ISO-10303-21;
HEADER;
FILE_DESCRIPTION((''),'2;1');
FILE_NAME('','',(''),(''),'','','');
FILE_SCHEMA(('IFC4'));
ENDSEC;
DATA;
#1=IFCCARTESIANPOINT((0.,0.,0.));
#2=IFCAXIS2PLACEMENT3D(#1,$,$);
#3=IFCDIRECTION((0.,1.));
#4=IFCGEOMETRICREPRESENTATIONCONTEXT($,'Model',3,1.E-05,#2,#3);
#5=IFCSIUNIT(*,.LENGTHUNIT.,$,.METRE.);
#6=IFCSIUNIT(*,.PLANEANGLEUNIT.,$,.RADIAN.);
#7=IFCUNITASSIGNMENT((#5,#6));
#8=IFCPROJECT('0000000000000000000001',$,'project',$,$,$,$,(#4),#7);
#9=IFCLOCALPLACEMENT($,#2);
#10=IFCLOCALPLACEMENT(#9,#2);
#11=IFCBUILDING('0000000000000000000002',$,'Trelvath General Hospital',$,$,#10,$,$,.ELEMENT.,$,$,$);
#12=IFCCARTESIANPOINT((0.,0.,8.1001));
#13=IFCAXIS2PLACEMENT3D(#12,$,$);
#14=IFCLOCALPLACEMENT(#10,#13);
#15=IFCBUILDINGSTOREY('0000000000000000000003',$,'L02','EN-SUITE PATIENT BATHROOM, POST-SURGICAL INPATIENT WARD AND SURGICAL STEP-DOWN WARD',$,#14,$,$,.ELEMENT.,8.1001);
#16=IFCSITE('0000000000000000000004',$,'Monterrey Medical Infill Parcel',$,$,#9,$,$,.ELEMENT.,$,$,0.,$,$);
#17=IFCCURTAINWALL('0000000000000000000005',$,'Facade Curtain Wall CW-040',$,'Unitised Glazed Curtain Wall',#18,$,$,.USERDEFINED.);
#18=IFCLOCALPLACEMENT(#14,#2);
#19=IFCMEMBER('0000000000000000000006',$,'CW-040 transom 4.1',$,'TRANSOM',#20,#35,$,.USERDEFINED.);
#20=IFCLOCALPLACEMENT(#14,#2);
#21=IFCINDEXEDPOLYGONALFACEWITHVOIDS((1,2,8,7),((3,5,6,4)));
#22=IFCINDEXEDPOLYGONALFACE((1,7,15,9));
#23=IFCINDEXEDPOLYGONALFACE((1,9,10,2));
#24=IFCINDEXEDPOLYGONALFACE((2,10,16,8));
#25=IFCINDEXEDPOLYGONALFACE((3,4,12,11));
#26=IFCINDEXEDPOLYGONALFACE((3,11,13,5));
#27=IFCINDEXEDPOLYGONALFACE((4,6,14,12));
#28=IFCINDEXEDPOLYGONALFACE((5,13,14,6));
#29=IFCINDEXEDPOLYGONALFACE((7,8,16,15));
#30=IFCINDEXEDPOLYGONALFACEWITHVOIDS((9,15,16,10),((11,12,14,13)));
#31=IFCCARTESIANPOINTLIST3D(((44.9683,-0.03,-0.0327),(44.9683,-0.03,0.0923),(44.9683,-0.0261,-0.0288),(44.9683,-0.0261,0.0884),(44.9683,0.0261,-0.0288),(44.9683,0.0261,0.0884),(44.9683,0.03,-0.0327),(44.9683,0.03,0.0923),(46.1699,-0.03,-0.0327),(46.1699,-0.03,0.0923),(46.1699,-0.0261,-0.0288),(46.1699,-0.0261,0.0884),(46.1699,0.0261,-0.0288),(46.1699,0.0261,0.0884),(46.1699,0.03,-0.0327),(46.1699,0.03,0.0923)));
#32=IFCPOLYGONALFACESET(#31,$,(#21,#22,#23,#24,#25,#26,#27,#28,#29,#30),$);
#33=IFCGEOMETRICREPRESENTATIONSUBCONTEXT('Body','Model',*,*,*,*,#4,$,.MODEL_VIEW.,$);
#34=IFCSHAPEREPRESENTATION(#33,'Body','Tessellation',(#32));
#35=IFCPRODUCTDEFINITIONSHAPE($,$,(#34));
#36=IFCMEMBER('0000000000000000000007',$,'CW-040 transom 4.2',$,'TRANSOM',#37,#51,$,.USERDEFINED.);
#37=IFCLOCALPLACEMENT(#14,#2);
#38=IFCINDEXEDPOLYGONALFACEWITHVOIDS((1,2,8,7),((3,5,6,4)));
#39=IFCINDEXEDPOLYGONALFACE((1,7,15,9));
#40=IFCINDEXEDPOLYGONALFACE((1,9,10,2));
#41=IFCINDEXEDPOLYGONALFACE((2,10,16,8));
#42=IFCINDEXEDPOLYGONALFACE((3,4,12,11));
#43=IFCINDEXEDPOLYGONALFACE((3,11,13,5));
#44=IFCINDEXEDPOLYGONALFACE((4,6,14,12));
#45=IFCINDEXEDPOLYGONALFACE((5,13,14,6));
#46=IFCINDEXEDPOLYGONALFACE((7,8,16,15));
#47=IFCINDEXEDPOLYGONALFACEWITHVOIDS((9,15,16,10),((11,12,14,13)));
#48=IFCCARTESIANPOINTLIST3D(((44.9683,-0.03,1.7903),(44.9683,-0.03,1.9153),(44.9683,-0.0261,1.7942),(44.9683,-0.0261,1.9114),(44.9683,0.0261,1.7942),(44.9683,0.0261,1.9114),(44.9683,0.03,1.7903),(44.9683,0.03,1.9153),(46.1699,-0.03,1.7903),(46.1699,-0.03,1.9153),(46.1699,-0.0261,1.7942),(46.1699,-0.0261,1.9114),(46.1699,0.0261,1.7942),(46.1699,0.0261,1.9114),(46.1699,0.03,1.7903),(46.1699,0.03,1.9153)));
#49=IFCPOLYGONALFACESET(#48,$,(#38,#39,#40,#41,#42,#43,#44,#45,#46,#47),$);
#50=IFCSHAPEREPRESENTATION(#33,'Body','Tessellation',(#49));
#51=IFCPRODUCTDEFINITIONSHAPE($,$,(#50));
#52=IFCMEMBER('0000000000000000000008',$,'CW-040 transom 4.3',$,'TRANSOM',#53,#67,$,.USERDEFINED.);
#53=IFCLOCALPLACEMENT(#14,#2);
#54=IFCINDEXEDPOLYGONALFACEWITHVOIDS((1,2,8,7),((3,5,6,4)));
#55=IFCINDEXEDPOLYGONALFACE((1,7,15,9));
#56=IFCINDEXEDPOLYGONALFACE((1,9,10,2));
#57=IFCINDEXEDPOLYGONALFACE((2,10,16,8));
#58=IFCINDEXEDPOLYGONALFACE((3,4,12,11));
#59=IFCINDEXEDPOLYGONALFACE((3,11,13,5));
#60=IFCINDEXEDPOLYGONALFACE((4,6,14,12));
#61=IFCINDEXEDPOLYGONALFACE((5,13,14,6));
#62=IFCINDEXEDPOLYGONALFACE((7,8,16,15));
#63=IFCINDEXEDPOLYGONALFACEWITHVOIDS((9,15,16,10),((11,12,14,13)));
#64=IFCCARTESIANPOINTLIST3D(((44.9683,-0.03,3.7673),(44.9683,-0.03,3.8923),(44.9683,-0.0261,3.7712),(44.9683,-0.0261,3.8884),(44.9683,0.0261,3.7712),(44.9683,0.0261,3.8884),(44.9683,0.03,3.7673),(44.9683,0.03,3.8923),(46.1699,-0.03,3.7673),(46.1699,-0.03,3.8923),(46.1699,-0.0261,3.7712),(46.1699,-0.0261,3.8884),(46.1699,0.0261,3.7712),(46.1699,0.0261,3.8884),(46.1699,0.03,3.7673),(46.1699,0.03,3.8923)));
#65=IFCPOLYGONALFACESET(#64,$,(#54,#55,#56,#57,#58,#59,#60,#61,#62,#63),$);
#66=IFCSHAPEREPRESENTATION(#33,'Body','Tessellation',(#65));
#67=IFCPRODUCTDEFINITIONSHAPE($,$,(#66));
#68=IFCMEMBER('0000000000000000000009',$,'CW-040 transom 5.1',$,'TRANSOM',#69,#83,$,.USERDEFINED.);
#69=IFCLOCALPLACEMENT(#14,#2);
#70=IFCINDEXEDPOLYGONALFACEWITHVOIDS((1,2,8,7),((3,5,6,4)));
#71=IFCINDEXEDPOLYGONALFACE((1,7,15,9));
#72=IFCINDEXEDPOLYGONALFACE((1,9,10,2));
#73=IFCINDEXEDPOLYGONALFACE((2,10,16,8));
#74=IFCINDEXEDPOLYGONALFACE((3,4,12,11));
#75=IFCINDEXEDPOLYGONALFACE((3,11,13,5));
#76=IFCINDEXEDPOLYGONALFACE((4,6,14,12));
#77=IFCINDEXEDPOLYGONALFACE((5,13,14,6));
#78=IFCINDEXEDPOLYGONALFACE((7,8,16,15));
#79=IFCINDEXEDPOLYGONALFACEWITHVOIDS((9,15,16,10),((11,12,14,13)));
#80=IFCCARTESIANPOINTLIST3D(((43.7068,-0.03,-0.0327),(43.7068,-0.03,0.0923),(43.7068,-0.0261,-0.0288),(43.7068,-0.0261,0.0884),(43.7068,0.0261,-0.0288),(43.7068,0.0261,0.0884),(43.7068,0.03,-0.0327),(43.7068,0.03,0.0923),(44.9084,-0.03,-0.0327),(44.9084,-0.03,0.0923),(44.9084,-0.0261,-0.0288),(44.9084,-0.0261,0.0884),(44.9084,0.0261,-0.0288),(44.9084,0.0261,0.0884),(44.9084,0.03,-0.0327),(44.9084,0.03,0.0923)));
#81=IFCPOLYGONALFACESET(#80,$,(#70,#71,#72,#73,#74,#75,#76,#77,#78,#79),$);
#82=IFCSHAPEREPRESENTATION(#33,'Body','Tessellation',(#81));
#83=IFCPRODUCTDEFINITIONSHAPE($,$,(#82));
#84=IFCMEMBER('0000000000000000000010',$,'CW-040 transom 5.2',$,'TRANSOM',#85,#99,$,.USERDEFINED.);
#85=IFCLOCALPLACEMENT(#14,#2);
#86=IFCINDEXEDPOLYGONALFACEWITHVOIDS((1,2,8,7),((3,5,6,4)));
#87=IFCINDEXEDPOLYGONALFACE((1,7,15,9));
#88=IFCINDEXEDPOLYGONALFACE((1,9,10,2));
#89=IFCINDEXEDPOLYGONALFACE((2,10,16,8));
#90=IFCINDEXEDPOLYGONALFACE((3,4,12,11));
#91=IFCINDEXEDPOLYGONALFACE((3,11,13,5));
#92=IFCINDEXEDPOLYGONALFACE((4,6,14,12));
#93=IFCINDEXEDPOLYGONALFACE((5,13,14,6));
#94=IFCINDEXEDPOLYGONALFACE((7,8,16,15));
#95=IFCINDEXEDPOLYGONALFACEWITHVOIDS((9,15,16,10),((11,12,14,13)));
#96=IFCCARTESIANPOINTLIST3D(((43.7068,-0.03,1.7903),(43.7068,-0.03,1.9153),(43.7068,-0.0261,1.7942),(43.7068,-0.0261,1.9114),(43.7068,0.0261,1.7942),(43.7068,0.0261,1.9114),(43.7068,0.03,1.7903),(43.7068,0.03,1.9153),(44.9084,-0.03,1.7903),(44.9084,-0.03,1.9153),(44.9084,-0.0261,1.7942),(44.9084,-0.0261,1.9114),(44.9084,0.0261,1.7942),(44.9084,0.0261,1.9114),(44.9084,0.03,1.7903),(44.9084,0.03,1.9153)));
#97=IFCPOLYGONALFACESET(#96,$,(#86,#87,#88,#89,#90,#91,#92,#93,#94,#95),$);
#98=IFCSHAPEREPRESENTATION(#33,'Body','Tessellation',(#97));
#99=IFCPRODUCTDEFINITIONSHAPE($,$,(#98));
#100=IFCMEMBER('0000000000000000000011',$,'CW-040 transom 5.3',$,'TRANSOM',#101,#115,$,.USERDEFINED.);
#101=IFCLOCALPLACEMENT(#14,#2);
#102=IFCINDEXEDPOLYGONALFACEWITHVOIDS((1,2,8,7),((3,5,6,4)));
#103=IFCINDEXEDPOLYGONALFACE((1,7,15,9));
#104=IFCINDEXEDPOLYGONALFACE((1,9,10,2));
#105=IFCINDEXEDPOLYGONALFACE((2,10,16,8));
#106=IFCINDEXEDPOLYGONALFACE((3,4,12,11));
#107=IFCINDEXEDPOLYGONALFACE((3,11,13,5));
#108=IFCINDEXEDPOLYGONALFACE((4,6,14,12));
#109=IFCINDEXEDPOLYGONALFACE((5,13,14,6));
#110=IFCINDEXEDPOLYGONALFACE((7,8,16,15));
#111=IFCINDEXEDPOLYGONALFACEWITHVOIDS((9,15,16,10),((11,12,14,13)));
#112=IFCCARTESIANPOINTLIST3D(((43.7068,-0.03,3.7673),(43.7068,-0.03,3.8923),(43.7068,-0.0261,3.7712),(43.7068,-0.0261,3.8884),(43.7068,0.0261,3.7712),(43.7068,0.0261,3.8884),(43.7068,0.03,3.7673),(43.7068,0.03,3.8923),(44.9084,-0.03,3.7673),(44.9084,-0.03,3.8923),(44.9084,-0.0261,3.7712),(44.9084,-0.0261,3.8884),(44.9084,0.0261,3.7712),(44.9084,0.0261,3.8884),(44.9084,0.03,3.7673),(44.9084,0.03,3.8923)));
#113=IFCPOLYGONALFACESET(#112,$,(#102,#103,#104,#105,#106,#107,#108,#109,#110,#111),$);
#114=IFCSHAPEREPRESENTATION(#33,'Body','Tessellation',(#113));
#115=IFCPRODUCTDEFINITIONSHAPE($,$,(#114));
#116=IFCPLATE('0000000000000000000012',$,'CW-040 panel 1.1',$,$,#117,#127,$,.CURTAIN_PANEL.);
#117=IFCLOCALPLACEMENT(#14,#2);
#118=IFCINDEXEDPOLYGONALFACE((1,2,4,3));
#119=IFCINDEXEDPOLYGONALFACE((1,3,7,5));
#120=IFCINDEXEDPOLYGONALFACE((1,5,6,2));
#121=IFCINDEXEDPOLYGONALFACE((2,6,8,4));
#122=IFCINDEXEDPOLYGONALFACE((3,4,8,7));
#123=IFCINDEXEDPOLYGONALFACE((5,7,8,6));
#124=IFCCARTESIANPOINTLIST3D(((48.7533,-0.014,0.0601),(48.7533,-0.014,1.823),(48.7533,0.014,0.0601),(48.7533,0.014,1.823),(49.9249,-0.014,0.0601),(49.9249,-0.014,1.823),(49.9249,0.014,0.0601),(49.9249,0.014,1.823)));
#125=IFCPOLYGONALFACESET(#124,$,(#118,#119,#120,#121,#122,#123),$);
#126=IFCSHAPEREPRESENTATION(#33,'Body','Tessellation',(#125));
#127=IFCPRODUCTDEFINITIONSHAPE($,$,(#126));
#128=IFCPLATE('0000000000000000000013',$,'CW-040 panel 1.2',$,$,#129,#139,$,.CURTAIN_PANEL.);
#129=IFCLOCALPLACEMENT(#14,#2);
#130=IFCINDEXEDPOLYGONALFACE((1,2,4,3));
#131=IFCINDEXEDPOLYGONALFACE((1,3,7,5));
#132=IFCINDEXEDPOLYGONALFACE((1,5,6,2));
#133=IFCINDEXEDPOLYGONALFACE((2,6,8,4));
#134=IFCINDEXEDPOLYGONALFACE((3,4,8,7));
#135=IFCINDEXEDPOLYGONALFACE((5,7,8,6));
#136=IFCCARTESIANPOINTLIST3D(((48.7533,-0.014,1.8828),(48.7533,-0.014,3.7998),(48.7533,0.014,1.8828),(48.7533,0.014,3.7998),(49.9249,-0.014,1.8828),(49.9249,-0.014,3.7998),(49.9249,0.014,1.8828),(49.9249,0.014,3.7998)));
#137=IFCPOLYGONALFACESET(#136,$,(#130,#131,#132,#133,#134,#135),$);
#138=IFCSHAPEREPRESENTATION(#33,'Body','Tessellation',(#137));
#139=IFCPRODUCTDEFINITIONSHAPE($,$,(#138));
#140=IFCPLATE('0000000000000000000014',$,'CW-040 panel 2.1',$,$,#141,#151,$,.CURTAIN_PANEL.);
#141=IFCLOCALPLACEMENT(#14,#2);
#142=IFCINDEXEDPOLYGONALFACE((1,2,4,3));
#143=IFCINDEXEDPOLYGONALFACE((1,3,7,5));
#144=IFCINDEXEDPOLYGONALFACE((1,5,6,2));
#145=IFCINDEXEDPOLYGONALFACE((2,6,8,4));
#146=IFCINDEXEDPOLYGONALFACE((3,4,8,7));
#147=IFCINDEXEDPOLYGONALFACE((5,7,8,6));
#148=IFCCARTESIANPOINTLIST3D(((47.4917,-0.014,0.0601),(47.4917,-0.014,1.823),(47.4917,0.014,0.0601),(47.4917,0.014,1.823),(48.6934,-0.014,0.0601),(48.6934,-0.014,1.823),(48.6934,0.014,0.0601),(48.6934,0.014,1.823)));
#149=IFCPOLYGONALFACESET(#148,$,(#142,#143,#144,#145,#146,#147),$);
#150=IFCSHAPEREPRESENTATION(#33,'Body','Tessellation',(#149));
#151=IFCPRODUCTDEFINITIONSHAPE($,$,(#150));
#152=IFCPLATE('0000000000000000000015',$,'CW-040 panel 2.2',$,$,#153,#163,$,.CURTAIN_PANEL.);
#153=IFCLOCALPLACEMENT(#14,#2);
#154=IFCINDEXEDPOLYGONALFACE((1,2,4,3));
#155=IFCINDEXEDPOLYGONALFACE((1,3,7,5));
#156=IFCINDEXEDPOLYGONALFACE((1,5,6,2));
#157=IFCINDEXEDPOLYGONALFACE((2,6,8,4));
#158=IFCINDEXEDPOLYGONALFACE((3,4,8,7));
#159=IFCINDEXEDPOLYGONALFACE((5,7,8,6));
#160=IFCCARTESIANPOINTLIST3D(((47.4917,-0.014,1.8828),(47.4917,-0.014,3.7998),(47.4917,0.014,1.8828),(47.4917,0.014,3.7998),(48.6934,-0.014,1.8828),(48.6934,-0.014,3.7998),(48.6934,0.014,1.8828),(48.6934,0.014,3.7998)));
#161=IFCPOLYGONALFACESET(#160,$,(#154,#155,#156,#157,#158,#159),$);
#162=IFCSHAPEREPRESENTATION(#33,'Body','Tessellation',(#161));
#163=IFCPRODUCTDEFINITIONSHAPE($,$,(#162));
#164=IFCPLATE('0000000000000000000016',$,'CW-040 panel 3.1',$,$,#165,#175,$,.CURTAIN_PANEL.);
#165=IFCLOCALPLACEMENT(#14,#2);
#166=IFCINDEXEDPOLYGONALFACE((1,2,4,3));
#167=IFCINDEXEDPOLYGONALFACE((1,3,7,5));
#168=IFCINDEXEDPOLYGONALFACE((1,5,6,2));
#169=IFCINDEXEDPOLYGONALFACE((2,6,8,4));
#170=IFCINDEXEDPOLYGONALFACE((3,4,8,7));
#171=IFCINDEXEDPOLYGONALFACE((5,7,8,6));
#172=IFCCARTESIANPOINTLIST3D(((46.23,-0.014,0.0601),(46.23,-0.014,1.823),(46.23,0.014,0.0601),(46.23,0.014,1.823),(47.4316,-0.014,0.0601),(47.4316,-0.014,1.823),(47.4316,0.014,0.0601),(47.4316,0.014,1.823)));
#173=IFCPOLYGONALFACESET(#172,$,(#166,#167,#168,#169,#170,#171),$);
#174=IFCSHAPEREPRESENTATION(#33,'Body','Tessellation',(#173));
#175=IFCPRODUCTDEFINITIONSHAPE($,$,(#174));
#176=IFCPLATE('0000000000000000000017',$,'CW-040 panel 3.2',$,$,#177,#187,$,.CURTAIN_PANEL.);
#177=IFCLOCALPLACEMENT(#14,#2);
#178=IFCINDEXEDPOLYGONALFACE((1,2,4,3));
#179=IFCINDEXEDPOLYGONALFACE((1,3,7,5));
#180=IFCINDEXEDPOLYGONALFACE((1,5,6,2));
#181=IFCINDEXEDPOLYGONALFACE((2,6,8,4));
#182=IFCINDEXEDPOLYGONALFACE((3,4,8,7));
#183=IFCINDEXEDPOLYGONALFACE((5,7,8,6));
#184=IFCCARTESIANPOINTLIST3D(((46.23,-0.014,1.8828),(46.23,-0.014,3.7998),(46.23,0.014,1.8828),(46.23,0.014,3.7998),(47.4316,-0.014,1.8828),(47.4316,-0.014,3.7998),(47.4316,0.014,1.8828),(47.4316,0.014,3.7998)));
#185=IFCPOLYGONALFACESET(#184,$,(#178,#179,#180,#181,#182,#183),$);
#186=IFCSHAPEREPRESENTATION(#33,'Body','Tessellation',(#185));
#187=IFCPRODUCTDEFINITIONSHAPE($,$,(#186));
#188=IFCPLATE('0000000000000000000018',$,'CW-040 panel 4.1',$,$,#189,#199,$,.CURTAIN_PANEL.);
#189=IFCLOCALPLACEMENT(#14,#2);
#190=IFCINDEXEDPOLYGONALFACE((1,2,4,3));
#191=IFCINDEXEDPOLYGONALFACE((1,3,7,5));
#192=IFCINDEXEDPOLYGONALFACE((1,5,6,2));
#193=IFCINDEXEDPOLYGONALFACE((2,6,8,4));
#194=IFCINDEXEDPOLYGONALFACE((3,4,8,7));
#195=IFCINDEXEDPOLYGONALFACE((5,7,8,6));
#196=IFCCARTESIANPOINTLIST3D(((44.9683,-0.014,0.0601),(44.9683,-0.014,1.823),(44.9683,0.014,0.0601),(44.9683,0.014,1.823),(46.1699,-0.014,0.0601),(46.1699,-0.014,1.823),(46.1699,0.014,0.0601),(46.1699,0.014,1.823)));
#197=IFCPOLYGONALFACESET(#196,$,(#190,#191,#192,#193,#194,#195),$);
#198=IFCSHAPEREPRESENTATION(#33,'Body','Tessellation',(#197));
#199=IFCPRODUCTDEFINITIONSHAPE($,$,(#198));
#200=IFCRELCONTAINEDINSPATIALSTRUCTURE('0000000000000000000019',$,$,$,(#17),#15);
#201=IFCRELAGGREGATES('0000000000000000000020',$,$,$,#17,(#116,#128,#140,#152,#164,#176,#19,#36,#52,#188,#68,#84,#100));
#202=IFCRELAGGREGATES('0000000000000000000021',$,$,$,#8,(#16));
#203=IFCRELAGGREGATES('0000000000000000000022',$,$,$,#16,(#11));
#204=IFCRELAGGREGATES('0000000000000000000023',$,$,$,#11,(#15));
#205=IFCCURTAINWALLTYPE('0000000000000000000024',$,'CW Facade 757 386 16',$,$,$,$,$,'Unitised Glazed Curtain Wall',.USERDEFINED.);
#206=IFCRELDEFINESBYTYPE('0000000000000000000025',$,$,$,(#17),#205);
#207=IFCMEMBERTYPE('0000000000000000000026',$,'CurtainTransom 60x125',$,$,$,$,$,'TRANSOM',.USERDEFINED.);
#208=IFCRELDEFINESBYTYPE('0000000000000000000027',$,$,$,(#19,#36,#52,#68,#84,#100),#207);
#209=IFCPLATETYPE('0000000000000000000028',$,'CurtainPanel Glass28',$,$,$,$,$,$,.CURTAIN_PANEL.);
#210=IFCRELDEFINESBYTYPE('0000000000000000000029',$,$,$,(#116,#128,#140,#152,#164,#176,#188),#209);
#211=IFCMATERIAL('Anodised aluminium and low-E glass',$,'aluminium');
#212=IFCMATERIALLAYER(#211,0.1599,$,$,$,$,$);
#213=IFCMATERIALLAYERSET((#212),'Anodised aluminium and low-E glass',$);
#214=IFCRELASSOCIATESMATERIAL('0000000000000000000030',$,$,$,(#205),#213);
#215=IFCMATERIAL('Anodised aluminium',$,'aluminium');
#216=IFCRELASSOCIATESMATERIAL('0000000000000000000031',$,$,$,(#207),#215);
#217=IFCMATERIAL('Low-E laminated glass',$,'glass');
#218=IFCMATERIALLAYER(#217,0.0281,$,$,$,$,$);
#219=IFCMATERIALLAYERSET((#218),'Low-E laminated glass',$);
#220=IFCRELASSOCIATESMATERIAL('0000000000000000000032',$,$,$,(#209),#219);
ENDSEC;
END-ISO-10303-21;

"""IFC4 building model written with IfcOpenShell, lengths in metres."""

from ifc_helpers import new_model, si_unit, direction, frame, origin, origin_2d, place, context, subcontext, project, spatial, rectangle, hollow_rectangle, extrude, material, layer, layer_set, material_profile, profile_set, type_object, element, aggregate, save


model = new_model("IFC4")

# Units and contexts
model_context = context("Model", 3, precision=1e-05, world=origin(), true_north=direction((0.0, 1.0)))
body_context = subcontext(model_context, "Body", "Model", "MODEL_VIEW")
ifc_project = project(units=[si_unit("LENGTHUNIT", "METRE"), si_unit("PLANEANGLEUNIT", "RADIAN")], contexts=[model_context])

# Site, building, storey
site_placement = place(None, origin())
site = spatial("IfcSite", under=ifc_project, at=site_placement, Name="Monterrey Medical Infill Parcel", CompositionType="ELEMENT", RefElevation=0.0)
building_placement = place(site_placement, origin())
building = spatial("IfcBuilding", under=site, at=building_placement, Name="Trelvath General Hospital", CompositionType="ELEMENT")
storey_placement = place(building_placement, frame((0.0, 0.0, 8.1001)))
storey = spatial("IfcBuildingStorey", under=building, at=storey_placement, Name="L02", Description="EN-SUITE PATIENT BATHROOM, POST-SURGICAL INPATIENT WARD AND SURGICAL STEP-DOWN WARD", CompositionType="ELEMENT", Elevation=8.1001)

# Curtain wall, members, plates
ifc_material_1 = material(Name="Anodised aluminium and low-E glass", Category="aluminium")
ifc_layer_1 = layer(ifc_material_1, 0.1599)
ifc_layer_set_1 = layer_set([ifc_layer_1], Name="Anodised aluminium and low-E glass")
curtain_wall_type = type_object("IfcCurtainWallType", Name="CW Facade 757 386 16", ElementType="Unitised Glazed Curtain Wall", PredefinedType="USERDEFINED", material=ifc_layer_set_1)
curtain_wall_placement = place(storey_placement, origin())
curtain_wall = element("IfcCurtainWall", 1, at=curtain_wall_placement, inside=storey, type_object=curtain_wall_type, Name="Facade Curtain Wall CW-040", ObjectType="Unitised Glazed Curtain Wall", PredefinedType="USERDEFINED")
ifc_material_2 = material(Name="Anodised aluminium", Category="aluminium")
ifc_material_profile_1 = material_profile(ifc_material_2, hollow_rectangle(XDim=0.0601, YDim=0.125, WallThickness=0.0039, at=origin_2d()), Name="RHS60x125x4")
ifc_profile_set_1 = profile_set([ifc_material_profile_1], Name="Anodised aluminium")
member_type_1 = type_object("IfcMemberType", Name="CurtainTransom 60x125", ElementType="TRANSOM", PredefinedType="USERDEFINED", material=ifc_profile_set_1)
member_1_placement = place(storey_placement, frame((46.1699, 0.0, 0.0298), z_axis=(-1.0, 0.0, 0.0), x_axis=(0.0, -1.0, 0.0)))
member_1 = element("IfcMember", 2, at=member_1_placement, type_object=member_type_1, Name="CW-040 transom 4.1", ObjectType="TRANSOM", PredefinedType="USERDEFINED", context=body_context, shape_type="SweptSolid", body=[
    extrude(hollow_rectangle(XDim=0.0601, YDim=0.125, WallThickness=0.0039, at=origin_2d()), origin(), (0.0, 0.0, 1.0), 1.2017),
])
member_2_placement = place(storey_placement, frame((46.1699, 0.0, 1.8528), z_axis=(-1.0, 0.0, 0.0), x_axis=(0.0, -1.0, 0.0)))
member_2 = element("IfcMember", 3, at=member_2_placement, type_object=member_type_1, Name="CW-040 transom 4.2", ObjectType="TRANSOM", PredefinedType="USERDEFINED", context=body_context, shape_type="SweptSolid", body=[
    extrude(hollow_rectangle(XDim=0.0601, YDim=0.125, WallThickness=0.0039, at=origin_2d()), origin(), (0.0, 0.0, 1.0), 1.2017),
])
member_3_placement = place(storey_placement, frame((46.1699, 0.0, 3.8298), z_axis=(-1.0, 0.0, 0.0), x_axis=(0.0, -1.0, 0.0)))
member_3 = element("IfcMember", 4, at=member_3_placement, type_object=member_type_1, Name="CW-040 transom 4.3", ObjectType="TRANSOM", PredefinedType="USERDEFINED", context=body_context, shape_type="SweptSolid", body=[
    extrude(hollow_rectangle(XDim=0.0601, YDim=0.125, WallThickness=0.0039, at=origin_2d()), origin(), (0.0, 0.0, 1.0), 1.2017),
])
member_4_placement = place(storey_placement, frame((44.9084, 0.0, 0.0298), z_axis=(-1.0, 0.0, 0.0), x_axis=(0.0, -1.0, 0.0)))
member_4 = element("IfcMember", 5, at=member_4_placement, type_object=member_type_1, Name="CW-040 transom 5.1", ObjectType="TRANSOM", PredefinedType="USERDEFINED", context=body_context, shape_type="SweptSolid", body=[
    extrude(hollow_rectangle(XDim=0.0601, YDim=0.125, WallThickness=0.0039, at=origin_2d()), origin(), (0.0, 0.0, 1.0), 1.2017),
])
member_5_placement = place(storey_placement, frame((44.9084, 0.0, 1.8528), z_axis=(-1.0, 0.0, 0.0), x_axis=(0.0, -1.0, 0.0)))
member_5 = element("IfcMember", 6, at=member_5_placement, type_object=member_type_1, Name="CW-040 transom 5.2", ObjectType="TRANSOM", PredefinedType="USERDEFINED", context=body_context, shape_type="SweptSolid", body=[
    extrude(hollow_rectangle(XDim=0.0601, YDim=0.125, WallThickness=0.0039, at=origin_2d()), origin(), (0.0, 0.0, 1.0), 1.2017),
])
member_6_placement = place(storey_placement, frame((44.9084, 0.0, 3.8298), z_axis=(-1.0, 0.0, 0.0), x_axis=(0.0, -1.0, 0.0)))
member_6 = element("IfcMember", 7, at=member_6_placement, type_object=member_type_1, Name="CW-040 transom 5.3", ObjectType="TRANSOM", PredefinedType="USERDEFINED", context=body_context, shape_type="SweptSolid", body=[
    extrude(hollow_rectangle(XDim=0.0601, YDim=0.125, WallThickness=0.0039, at=origin_2d()), origin(), (0.0, 0.0, 1.0), 1.2017),
])
ifc_material_3 = material(Name="Low-E laminated glass", Category="glass")
ifc_layer_2 = layer(ifc_material_3, 0.0281)
ifc_layer_set_2 = layer_set([ifc_layer_2], Name="Low-E laminated glass")
plate_type = type_object("IfcPlateType", Name="CurtainPanel Glass28", PredefinedType="CURTAIN_PANEL", material=ifc_layer_set_2)
plate_1_placement = place(storey_placement, frame((49.3391, 0.0, 0.0601), z_axis=(0.0, 0.0, 1.0), x_axis=(-1.0, 0.0, 0.0)))
plate_1 = element("IfcPlate", 8, at=plate_1_placement, type_object=plate_type, Name="CW-040 panel 1.1", PredefinedType="CURTAIN_PANEL", context=body_context, shape_type="SweptSolid", body=[
    extrude(rectangle(XDim=1.1716, YDim=0.0281, at=origin_2d()), origin(), (0.0, 0.0, 1.0), 1.7629),
])
plate_2_placement = place(storey_placement, frame((49.3391, 0.0, 1.8828), z_axis=(0.0, 0.0, 1.0), x_axis=(-1.0, 0.0, 0.0)))
plate_2 = element("IfcPlate", 9, at=plate_2_placement, type_object=plate_type, Name="CW-040 panel 1.2", PredefinedType="CURTAIN_PANEL", context=body_context, shape_type="SweptSolid", body=[
    extrude(rectangle(XDim=1.1716, YDim=0.0281, at=origin_2d()), origin(), (0.0, 0.0, 1.0), 1.917),
])
plate_3_placement = place(storey_placement, frame((48.0925, 0.0, 0.0601), z_axis=(0.0, 0.0, 1.0), x_axis=(-1.0, 0.0, 0.0)))
plate_3 = element("IfcPlate", 10, at=plate_3_placement, type_object=plate_type, Name="CW-040 panel 2.1", PredefinedType="CURTAIN_PANEL", context=body_context, shape_type="SweptSolid", body=[
    extrude(rectangle(XDim=1.2017, YDim=0.0281, at=origin_2d()), origin(), (0.0, 0.0, 1.0), 1.7629),
])
plate_4_placement = place(storey_placement, frame((48.0925, 0.0, 1.8828), z_axis=(0.0, 0.0, 1.0), x_axis=(-1.0, 0.0, 0.0)))
plate_4 = element("IfcPlate", 11, at=plate_4_placement, type_object=plate_type, Name="CW-040 panel 2.2", PredefinedType="CURTAIN_PANEL", context=body_context, shape_type="SweptSolid", body=[
    extrude(rectangle(XDim=1.2017, YDim=0.0281, at=origin_2d()), origin(), (0.0, 0.0, 1.0), 1.917),
])
plate_5_placement = place(storey_placement, frame((46.8308, 0.0, 0.0601), z_axis=(0.0, 0.0, 1.0), x_axis=(-1.0, 0.0, 0.0)))
plate_5 = element("IfcPlate", 12, at=plate_5_placement, type_object=plate_type, Name="CW-040 panel 3.1", PredefinedType="CURTAIN_PANEL", context=body_context, shape_type="SweptSolid", body=[
    extrude(rectangle(XDim=1.2017, YDim=0.0281, at=origin_2d()), origin(), (0.0, 0.0, 1.0), 1.7629),
])
plate_6_placement = place(storey_placement, frame((46.8308, 0.0, 1.8828), z_axis=(0.0, 0.0, 1.0), x_axis=(-1.0, 0.0, 0.0)))
plate_6 = element("IfcPlate", 13, at=plate_6_placement, type_object=plate_type, Name="CW-040 panel 3.2", PredefinedType="CURTAIN_PANEL", context=body_context, shape_type="SweptSolid", body=[
    extrude(rectangle(XDim=1.2017, YDim=0.0281, at=origin_2d()), origin(), (0.0, 0.0, 1.0), 1.917),
])
plate_7_placement = place(storey_placement, frame((45.5691, 0.0, 0.0601), z_axis=(0.0, 0.0, 1.0), x_axis=(-1.0, 0.0, 0.0)))
plate_7 = element("IfcPlate", 14, at=plate_7_placement, type_object=plate_type, Name="CW-040 panel 4.1", PredefinedType="CURTAIN_PANEL", context=body_context, shape_type="SweptSolid", body=[
    extrude(rectangle(XDim=1.2017, YDim=0.0281, at=origin_2d()), origin(), (0.0, 0.0, 1.0), 1.7629),
])
aggregate(curtain_wall, [plate_1, plate_2, plate_3, plate_4, plate_5, plate_6, member_1, member_2, member_3, plate_7, member_4, member_5, member_6])

save(model, "model.ifc")
